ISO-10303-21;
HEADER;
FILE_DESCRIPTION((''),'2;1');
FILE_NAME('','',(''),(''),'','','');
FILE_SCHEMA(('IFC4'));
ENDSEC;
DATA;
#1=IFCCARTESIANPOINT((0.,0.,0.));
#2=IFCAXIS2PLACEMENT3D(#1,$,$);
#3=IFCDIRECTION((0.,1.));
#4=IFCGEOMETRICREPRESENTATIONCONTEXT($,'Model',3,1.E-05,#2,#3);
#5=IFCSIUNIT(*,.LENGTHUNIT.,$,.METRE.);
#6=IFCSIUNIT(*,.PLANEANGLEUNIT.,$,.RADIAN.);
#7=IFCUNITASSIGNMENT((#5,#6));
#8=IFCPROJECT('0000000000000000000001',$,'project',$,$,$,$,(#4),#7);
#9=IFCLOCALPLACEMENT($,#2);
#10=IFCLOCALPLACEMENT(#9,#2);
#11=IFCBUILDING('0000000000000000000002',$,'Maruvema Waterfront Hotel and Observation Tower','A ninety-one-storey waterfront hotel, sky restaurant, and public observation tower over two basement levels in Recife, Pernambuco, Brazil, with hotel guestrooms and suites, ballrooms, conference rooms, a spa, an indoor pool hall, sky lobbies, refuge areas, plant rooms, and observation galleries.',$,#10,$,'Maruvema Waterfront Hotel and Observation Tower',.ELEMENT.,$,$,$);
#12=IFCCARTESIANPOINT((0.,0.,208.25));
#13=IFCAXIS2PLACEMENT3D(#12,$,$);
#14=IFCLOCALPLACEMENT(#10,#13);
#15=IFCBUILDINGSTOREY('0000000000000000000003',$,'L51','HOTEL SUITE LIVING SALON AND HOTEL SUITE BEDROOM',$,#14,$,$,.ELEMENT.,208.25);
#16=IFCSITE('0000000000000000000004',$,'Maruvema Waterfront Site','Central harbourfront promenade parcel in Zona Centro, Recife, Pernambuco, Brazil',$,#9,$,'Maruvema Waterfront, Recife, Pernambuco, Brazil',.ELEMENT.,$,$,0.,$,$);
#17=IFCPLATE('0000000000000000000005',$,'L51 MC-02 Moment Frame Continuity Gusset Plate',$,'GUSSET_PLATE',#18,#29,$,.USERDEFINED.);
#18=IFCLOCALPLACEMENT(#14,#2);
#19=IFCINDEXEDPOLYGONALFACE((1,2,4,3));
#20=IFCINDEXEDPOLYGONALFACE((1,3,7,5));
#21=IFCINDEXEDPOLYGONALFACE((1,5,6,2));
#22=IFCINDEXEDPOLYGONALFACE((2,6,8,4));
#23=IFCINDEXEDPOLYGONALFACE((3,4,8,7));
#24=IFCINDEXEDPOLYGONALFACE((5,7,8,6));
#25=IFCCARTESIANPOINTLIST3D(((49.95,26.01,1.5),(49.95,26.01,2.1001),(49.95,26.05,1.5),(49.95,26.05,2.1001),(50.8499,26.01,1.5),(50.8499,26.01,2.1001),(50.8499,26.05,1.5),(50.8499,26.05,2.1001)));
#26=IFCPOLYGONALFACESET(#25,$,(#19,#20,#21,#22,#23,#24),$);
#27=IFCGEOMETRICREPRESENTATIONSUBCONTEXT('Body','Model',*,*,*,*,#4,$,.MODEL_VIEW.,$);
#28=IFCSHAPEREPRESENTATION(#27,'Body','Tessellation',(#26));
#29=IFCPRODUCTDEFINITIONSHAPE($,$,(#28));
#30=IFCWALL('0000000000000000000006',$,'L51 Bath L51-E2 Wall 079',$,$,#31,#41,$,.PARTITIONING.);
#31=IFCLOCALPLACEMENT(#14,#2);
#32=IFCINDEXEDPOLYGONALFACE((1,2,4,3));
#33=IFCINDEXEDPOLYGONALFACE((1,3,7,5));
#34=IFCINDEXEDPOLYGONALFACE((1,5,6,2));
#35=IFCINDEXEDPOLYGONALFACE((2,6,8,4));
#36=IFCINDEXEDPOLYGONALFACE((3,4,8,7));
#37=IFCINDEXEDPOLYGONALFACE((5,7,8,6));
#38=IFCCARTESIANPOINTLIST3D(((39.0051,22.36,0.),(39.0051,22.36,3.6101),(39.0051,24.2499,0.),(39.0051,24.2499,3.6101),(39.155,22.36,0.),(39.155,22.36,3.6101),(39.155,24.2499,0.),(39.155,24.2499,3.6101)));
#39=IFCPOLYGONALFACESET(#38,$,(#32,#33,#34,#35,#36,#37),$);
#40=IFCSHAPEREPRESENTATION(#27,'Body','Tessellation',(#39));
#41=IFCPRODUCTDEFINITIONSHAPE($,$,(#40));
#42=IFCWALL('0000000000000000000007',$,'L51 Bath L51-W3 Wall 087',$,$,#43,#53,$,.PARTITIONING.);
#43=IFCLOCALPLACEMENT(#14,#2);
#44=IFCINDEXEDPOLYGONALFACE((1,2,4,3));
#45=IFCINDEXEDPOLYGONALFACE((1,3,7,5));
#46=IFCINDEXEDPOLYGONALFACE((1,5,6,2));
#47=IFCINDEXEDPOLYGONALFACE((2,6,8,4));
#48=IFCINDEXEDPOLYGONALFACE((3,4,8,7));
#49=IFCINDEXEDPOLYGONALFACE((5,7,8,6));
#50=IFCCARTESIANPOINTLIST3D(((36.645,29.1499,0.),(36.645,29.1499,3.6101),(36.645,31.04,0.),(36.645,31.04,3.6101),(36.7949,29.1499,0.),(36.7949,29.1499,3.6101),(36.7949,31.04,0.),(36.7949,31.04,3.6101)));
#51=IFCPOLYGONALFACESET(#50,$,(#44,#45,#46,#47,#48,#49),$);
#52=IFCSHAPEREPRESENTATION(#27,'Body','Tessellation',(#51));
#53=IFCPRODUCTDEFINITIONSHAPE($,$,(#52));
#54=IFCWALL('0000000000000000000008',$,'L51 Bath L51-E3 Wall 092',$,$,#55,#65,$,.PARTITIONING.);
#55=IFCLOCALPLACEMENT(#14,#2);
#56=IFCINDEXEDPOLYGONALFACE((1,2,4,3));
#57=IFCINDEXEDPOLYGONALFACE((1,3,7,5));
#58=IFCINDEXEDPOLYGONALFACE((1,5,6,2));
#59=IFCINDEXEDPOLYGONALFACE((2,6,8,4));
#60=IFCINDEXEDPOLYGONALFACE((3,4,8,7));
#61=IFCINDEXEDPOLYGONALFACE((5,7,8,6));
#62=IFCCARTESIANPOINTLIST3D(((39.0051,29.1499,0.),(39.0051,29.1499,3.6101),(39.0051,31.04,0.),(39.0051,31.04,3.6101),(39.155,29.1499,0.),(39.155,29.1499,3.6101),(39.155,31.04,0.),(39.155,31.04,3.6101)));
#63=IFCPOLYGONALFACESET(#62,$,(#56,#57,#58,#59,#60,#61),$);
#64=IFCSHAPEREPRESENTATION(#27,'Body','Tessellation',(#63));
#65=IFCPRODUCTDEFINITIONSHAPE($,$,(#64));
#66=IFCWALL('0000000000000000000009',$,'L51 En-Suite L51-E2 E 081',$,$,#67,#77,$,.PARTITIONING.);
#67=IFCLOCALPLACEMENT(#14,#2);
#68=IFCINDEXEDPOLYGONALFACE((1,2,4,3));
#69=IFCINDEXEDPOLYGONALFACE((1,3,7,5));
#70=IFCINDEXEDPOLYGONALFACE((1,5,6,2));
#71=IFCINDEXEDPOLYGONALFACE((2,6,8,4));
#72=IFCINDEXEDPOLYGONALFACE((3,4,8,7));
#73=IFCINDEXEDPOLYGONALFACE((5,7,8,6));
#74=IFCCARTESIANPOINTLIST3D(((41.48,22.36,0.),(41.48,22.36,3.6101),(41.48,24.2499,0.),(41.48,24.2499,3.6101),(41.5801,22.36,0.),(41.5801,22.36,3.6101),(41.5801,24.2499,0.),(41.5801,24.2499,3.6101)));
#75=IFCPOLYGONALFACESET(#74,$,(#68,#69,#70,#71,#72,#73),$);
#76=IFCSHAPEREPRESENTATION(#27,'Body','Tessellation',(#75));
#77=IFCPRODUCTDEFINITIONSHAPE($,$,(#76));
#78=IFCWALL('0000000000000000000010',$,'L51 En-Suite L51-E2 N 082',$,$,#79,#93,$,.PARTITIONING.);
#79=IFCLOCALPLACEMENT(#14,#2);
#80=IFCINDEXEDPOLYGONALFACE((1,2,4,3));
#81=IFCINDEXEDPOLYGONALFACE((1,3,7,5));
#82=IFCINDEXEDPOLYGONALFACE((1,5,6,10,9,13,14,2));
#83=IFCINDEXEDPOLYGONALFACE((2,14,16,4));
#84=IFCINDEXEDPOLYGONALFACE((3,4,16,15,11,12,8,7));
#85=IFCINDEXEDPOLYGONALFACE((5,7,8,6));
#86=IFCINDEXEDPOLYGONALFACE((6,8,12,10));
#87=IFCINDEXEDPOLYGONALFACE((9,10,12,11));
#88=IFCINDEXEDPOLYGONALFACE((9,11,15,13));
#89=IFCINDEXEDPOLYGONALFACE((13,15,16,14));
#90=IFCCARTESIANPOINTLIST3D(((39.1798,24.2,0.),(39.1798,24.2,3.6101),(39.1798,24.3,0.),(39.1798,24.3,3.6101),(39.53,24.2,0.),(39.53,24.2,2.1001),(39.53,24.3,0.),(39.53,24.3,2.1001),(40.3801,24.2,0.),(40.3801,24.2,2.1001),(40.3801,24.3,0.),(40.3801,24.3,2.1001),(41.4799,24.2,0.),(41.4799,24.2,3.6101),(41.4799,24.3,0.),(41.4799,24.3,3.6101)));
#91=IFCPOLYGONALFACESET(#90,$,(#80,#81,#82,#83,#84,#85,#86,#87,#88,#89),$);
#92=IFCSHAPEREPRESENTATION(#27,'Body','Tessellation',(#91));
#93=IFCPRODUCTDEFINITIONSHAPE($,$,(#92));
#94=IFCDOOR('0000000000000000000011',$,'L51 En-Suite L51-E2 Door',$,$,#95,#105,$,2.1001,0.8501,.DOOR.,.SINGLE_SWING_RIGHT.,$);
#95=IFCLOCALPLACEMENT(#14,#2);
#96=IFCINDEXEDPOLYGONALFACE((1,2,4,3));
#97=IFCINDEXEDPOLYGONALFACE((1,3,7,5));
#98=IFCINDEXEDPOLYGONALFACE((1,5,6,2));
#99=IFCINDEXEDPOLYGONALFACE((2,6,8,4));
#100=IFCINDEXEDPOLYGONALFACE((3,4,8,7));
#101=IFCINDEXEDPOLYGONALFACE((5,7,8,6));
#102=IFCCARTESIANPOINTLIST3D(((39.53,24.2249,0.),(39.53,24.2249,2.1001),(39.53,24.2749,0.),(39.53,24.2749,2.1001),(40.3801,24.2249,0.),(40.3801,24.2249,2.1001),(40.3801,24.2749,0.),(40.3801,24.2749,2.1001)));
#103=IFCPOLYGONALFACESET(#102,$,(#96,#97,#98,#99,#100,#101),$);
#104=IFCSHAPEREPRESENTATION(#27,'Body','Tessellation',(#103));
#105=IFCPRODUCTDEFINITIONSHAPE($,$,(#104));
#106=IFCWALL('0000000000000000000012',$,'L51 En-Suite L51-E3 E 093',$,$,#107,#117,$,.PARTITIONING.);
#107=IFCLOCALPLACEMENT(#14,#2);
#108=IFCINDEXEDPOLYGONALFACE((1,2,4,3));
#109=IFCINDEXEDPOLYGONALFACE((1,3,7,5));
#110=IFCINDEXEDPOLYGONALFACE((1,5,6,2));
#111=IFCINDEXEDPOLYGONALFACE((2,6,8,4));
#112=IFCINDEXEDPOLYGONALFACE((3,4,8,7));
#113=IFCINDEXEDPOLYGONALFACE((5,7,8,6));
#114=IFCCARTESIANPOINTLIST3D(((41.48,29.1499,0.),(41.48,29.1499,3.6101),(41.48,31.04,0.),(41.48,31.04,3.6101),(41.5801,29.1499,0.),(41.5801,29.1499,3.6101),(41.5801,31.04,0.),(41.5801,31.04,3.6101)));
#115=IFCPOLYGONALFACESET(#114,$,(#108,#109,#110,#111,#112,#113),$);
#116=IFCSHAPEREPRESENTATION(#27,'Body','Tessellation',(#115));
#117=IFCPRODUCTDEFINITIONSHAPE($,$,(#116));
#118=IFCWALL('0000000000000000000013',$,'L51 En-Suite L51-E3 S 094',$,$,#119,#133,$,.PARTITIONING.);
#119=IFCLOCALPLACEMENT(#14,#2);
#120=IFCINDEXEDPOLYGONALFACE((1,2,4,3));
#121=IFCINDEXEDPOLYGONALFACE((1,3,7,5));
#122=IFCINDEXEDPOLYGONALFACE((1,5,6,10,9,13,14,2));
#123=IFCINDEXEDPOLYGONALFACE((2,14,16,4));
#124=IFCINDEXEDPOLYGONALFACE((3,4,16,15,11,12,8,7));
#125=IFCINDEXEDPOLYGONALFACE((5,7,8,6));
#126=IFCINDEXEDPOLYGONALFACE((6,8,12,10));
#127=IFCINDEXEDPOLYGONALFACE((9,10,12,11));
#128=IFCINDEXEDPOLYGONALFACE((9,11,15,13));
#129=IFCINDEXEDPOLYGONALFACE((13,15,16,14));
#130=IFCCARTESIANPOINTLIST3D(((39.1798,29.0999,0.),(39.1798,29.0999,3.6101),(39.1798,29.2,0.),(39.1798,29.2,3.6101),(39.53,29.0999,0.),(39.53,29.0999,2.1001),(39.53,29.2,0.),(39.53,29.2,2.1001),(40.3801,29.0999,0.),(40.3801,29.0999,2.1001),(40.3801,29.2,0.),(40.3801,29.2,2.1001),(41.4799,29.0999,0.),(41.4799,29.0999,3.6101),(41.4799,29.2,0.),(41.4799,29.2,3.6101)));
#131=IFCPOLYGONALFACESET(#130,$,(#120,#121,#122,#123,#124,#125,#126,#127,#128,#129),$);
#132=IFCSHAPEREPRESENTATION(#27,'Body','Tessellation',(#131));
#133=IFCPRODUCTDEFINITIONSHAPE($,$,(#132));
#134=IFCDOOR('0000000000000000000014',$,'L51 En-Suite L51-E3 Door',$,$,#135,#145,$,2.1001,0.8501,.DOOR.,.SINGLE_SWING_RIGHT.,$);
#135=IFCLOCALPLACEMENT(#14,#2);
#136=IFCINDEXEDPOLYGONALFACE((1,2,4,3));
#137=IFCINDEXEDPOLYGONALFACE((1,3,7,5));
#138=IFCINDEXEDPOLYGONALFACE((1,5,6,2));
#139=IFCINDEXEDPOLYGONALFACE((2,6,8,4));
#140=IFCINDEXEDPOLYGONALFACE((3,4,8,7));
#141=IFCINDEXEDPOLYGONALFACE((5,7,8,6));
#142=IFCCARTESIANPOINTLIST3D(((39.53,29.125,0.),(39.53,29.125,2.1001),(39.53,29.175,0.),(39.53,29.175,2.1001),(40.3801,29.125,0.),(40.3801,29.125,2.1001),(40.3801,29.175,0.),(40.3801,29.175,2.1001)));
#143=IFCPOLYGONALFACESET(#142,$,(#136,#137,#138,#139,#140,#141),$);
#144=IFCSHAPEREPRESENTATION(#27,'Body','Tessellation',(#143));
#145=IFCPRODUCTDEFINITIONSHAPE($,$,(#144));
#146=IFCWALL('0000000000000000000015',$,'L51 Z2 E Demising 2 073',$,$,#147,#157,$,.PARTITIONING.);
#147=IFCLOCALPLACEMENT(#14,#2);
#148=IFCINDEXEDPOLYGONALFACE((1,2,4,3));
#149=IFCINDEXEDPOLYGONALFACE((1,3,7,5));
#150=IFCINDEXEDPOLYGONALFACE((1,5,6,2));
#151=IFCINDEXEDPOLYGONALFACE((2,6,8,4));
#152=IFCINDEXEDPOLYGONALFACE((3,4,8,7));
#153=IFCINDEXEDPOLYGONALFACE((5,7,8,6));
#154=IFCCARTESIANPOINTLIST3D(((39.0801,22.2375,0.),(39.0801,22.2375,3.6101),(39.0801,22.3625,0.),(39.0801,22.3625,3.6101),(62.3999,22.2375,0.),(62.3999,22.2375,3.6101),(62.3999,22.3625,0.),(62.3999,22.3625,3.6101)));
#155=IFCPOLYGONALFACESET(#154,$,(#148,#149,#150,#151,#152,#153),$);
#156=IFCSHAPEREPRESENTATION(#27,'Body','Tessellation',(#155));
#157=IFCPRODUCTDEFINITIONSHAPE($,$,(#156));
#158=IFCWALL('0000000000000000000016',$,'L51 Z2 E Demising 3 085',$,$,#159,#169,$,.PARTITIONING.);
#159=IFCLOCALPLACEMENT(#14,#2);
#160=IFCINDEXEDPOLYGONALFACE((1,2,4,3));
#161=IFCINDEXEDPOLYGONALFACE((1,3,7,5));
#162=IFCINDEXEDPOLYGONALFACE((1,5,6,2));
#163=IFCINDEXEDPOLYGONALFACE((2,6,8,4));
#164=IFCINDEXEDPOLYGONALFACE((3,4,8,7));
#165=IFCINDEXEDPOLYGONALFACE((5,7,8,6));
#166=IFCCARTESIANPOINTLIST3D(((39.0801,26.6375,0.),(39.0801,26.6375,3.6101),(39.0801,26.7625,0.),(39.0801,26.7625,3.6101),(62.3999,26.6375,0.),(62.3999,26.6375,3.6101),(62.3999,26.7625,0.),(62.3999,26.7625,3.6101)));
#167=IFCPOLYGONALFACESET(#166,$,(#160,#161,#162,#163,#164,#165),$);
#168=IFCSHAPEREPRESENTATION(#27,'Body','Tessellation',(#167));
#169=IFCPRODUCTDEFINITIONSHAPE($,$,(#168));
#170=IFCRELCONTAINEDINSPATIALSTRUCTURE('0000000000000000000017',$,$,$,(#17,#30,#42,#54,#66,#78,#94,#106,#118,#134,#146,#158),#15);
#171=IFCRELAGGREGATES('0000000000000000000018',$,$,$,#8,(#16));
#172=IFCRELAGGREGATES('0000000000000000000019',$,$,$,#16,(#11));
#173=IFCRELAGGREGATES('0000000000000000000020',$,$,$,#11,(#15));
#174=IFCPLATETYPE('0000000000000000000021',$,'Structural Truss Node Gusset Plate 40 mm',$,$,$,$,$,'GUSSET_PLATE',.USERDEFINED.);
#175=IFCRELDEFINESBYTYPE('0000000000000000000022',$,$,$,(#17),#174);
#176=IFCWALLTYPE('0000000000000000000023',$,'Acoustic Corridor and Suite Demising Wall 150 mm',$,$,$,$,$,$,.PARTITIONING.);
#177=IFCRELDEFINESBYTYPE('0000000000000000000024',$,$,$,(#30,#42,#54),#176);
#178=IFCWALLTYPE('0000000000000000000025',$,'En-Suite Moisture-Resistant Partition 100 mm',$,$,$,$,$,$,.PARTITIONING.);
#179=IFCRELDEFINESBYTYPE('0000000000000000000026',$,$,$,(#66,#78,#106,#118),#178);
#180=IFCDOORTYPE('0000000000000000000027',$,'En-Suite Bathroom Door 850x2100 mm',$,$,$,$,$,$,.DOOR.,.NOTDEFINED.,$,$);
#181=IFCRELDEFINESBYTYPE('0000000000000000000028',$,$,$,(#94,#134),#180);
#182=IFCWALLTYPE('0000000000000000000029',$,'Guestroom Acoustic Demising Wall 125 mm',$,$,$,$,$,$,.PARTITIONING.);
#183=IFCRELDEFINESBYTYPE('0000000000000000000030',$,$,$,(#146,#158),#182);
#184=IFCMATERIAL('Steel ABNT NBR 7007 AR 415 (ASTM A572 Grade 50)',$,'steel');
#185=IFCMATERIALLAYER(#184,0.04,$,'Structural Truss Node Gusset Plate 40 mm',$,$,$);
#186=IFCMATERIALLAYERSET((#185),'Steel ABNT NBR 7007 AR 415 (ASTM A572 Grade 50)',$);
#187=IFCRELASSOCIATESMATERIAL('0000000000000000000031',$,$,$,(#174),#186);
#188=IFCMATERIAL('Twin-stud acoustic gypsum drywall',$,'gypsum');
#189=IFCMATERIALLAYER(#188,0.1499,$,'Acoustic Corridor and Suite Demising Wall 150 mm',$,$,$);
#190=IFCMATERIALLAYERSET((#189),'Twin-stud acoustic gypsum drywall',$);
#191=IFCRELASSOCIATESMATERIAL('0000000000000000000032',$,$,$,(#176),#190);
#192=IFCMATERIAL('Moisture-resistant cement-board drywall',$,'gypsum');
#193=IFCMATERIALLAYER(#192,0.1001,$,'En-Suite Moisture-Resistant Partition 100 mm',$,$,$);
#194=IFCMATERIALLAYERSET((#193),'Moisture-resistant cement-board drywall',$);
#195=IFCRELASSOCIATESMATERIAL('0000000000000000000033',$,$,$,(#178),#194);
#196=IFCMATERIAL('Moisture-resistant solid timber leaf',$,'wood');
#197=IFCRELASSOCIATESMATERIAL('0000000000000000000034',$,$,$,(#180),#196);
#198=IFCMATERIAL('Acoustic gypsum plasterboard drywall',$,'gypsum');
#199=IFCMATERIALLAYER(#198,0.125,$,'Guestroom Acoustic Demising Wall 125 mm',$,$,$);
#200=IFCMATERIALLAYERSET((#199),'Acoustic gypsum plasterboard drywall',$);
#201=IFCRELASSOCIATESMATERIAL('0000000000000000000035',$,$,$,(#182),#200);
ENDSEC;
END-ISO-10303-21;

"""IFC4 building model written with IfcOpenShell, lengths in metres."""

from ifc_helpers import new_model, si_unit, direction, frame, frame_2d, origin, origin_2d, place, context, subcontext, project, spatial, rectangle, extrude, material, layer, layer_set, type_object, element, fill, save


model = new_model("IFC4")

# Units and contexts
model_context = context("Model", 3, precision=1e-05, world=origin(), true_north=direction((0.0, 1.0)))
body_context = subcontext(model_context, "Body", "Model", "MODEL_VIEW")
ifc_project = project(units=[si_unit("LENGTHUNIT", "METRE"), si_unit("PLANEANGLEUNIT", "RADIAN")], contexts=[model_context])

# Site, building, storey
site_placement = place(None, origin())
site = spatial("IfcSite", under=ifc_project, at=site_placement, Name="Maruvema Waterfront Site", Description="Central harbourfront promenade parcel in Zona Centro, Recife, Pernambuco, Brazil", LongName="Maruvema Waterfront, Recife, Pernambuco, Brazil", CompositionType="ELEMENT", RefElevation=0.0)
building_placement = place(site_placement, origin())
building = spatial("IfcBuilding", under=site, at=building_placement, Name="Maruvema Waterfront Hotel and Observation Tower", Description="A ninety-one-storey waterfront hotel, sky restaurant, and public observation tower over two basement levels in Recife, Pernambuco, Brazil, with hotel guestrooms and suites, ballrooms, conference rooms, a spa, an indoor pool hall, sky lobbies, refuge areas, plant rooms, and observation galleries.", LongName="Maruvema Waterfront Hotel and Observation Tower", CompositionType="ELEMENT")
storey_placement = place(building_placement, frame((0.0, 0.0, 208.25)))
storey = spatial("IfcBuildingStorey", under=building, at=storey_placement, Name="L51", Description="HOTEL SUITE LIVING SALON AND HOTEL SUITE BEDROOM", CompositionType="ELEMENT", Elevation=208.25)

# Plate
ifc_material_1 = material(Name="Steel ABNT NBR 7007 AR 415 (ASTM A572 Grade 50)", Category="steel")
ifc_layer_1 = layer(ifc_material_1, 0.04, Name="Structural Truss Node Gusset Plate 40 mm")
ifc_layer_set_1 = layer_set([ifc_layer_1], Name="Steel ABNT NBR 7007 AR 415 (ASTM A572 Grade 50)")
plate_type = type_object("IfcPlateType", Name="Structural Truss Node Gusset Plate 40 mm", ElementType="GUSSET_PLATE", PredefinedType="USERDEFINED", material=ifc_layer_set_1)
plate_placement = place(storey_placement, frame((50.3999, 26.03, 1.5), z_axis=(0.0, 0.0, 1.0), x_axis=(1.0, 0.0, 0.0)))
element("IfcPlate", 1, at=plate_placement, inside=storey, type_object=plate_type, Name="L51 MC-02 Moment Frame Continuity Gusset Plate", ObjectType="GUSSET_PLATE", PredefinedType="USERDEFINED", context=body_context, shape_type="SweptSolid", body=[
    extrude(rectangle(XDim=0.8999, YDim=0.04, at=origin_2d()), origin(), (0.0, 0.0, 1.0), 0.6001),
])

# Shared definitions
ifc_material_2 = material(Name="Twin-stud acoustic gypsum drywall", Category="gypsum")
ifc_layer_2 = layer(ifc_material_2, 0.1499, Name="Acoustic Corridor and Suite Demising Wall 150 mm")
ifc_layer_set_2 = layer_set([ifc_layer_2], Name="Twin-stud acoustic gypsum drywall")
wall_type_1 = type_object("IfcWallType", Name="Acoustic Corridor and Suite Demising Wall 150 mm", PredefinedType="PARTITIONING", material=ifc_layer_set_2)

# Wall
wall_1_placement = place(storey_placement, frame((39.0801, 22.3601, 0.0), z_axis=(0.0, 0.0, 1.0), x_axis=(0.0, 1.0, 0.0)))
element("IfcWall", 2, at=wall_1_placement, inside=storey, type_object=wall_type_1, Name="L51 Bath L51-E2 Wall 079", PredefinedType="PARTITIONING", context=body_context, shape_type="SweptSolid", body=[
    extrude(rectangle(XDim=1.8899, YDim=0.1499, at=frame_2d((0.9448, 0.0))), origin(), (0.0, 0.0, 1.0), 3.6101),
])

# Wall
wall_2_placement = place(storey_placement, frame((36.72, 29.1499, 0.0), z_axis=(0.0, 0.0, 1.0), x_axis=(0.0, 1.0, 0.0)))
element("IfcWall", 3, at=wall_2_placement, inside=storey, type_object=wall_type_1, Name="L51 Bath L51-W3 Wall 087", PredefinedType="PARTITIONING", context=body_context, shape_type="SweptSolid", body=[
    extrude(rectangle(XDim=1.8901, YDim=0.1499, at=frame_2d((0.9451, 0.0))), origin(), (0.0, 0.0, 1.0), 3.6101),
])

# Walls
wall_3_placement = place(storey_placement, frame((39.0801, 29.1499, 0.0), z_axis=(0.0, 0.0, 1.0), x_axis=(0.0, 1.0, 0.0)))
element("IfcWall", 4, at=wall_3_placement, inside=storey, type_object=wall_type_1, Name="L51 Bath L51-E3 Wall 092", PredefinedType="PARTITIONING", context=body_context, shape_type="SweptSolid", body=[
    extrude(rectangle(XDim=1.8901, YDim=0.1499, at=frame_2d((0.9451, 0.0))), origin(), (0.0, 0.0, 1.0), 3.6101),
])
ifc_material_3 = material(Name="Moisture-resistant cement-board drywall", Category="gypsum")
ifc_layer_3 = layer(ifc_material_3, 0.1001, Name="En-Suite Moisture-Resistant Partition 100 mm")
ifc_layer_set_3 = layer_set([ifc_layer_3], Name="Moisture-resistant cement-board drywall")
wall_type_2 = type_object("IfcWallType", Name="En-Suite Moisture-Resistant Partition 100 mm", PredefinedType="PARTITIONING", material=ifc_layer_set_3)
wall_4_placement = place(storey_placement, frame((41.53, 22.3601, 0.0), z_axis=(0.0, 0.0, 1.0), x_axis=(0.0, 1.0, 0.0)))
element("IfcWall", 5, at=wall_4_placement, inside=storey, type_object=wall_type_2, Name="L51 En-Suite L51-E2 E 081", PredefinedType="PARTITIONING", context=body_context, shape_type="SweptSolid", body=[
    extrude(rectangle(XDim=1.8899, YDim=0.1001, at=frame_2d((0.9448, 0.0))), origin(), (0.0, 0.0, 1.0), 3.6101),
])

# Wall, opening, door
wall_5_placement = place(storey_placement, frame((39.1799, 24.25, 0.0), z_axis=(0.0, 0.0, 1.0), x_axis=(1.0, 0.0, 0.0)))
wall_5 = element("IfcWall", 6, at=wall_5_placement, inside=storey, type_object=wall_type_2, Name="L51 En-Suite L51-E2 N 082", PredefinedType="PARTITIONING", context=body_context, shape_type="SweptSolid", body=[
    extrude(rectangle(XDim=2.3, YDim=0.1001, at=frame_2d((1.1499, 0.0))), origin(), (0.0, 0.0, 1.0), 3.6101),
])
opening_1_placement = place(wall_5_placement, frame((0.3501, 0.0, 0.0)))
opening_1 = element("IfcOpeningElement", 7, at=opening_1_placement, cuts=wall_5, PredefinedType="OPENING", context=body_context, shape_type="SweptSolid", body=[
    extrude(rectangle(XDim=0.8501, YDim=2.1001, at=frame_2d((0.425, 1.05))), frame((0.0, 0.0601, 0.0), z_axis=(0.0, -1.0, 0.0), x_axis=(1.0, 0.0, 0.0)), (0.0, 0.0, 1.0), 0.1201),
])
ifc_material_4 = material(Name="Moisture-resistant solid timber leaf", Category="wood")
door_type_1 = type_object("IfcDoorType", Name="En-Suite Bathroom Door 850x2100 mm", OperationType="NOTDEFINED", PredefinedType="DOOR", material=ifc_material_4)
door_1_placement = place(opening_1_placement, origin())
door_1 = element("IfcDoor", 8, at=door_1_placement, inside=storey, type_object=door_type_1, Name="L51 En-Suite L51-E2 Door", OperationType="SINGLE_SWING_RIGHT", OverallHeight=2.1001, OverallWidth=0.8501, PredefinedType="DOOR", context=body_context, shape_type="SweptSolid", body=[
    extrude(rectangle(XDim=0.8501, YDim=2.1001, at=frame_2d((0.425, 1.05))), frame((0.0, 0.0249, 0.0), z_axis=(0.0, -1.0, 0.0), x_axis=(1.0, 0.0, 0.0)), (0.0, 0.0, 1.0), 0.05),
])
fill(opening_1, door_1)

# Wall
wall_6_placement = place(storey_placement, frame((41.53, 29.1499, 0.0), z_axis=(0.0, 0.0, 1.0), x_axis=(0.0, 1.0, 0.0)))
element("IfcWall", 9, at=wall_6_placement, inside=storey, type_object=wall_type_2, Name="L51 En-Suite L51-E3 E 093", PredefinedType="PARTITIONING", context=body_context, shape_type="SweptSolid", body=[
    extrude(rectangle(XDim=1.8901, YDim=0.1001, at=frame_2d((0.9451, 0.0))), origin(), (0.0, 0.0, 1.0), 3.6101),
])

# Wall, opening, door
wall_7_placement = place(storey_placement, frame((39.1799, 29.1499, 0.0), z_axis=(0.0, 0.0, 1.0), x_axis=(1.0, 0.0, 0.0)))
wall_7 = element("IfcWall", 10, at=wall_7_placement, inside=storey, type_object=wall_type_2, Name="L51 En-Suite L51-E3 S 094", PredefinedType="PARTITIONING", context=body_context, shape_type="SweptSolid", body=[
    extrude(rectangle(XDim=2.3, YDim=0.1001, at=frame_2d((1.1499, 0.0))), origin(), (0.0, 0.0, 1.0), 3.6101),
])
opening_2_placement = place(wall_7_placement, frame((0.3501, 0.0, 0.0)))
opening_2 = element("IfcOpeningElement", 11, at=opening_2_placement, cuts=wall_7, PredefinedType="OPENING", context=body_context, shape_type="SweptSolid", body=[
    extrude(rectangle(XDim=0.8501, YDim=2.1001, at=frame_2d((0.425, 1.05))), frame((0.0, 0.0601, 0.0), z_axis=(0.0, -1.0, 0.0), x_axis=(1.0, 0.0, 0.0)), (0.0, 0.0, 1.0), 0.1201),
])
door_2_placement = place(opening_2_placement, frame((0.8501, 0.0, 0.0), z_axis=(0.0, 0.0, 1.0), x_axis=(-1.0, 0.0, 0.0)))
door_2 = element("IfcDoor", 12, at=door_2_placement, inside=storey, type_object=door_type_1, Name="L51 En-Suite L51-E3 Door", OperationType="SINGLE_SWING_RIGHT", OverallHeight=2.1001, OverallWidth=0.8501, PredefinedType="DOOR", context=body_context, shape_type="SweptSolid", body=[
    extrude(rectangle(XDim=0.8501, YDim=2.1001, at=frame_2d((0.425, 1.05))), frame((0.0, 0.0249, 0.0), z_axis=(0.0, -1.0, 0.0), x_axis=(1.0, 0.0, 0.0)), (0.0, 0.0, 1.0), 0.05),
])
fill(opening_2, door_2)

# Walls
ifc_material_5 = material(Name="Acoustic gypsum plasterboard drywall", Category="gypsum")
ifc_layer_4 = layer(ifc_material_5, 0.125, Name="Guestroom Acoustic Demising Wall 125 mm")
ifc_layer_set_4 = layer_set([ifc_layer_4], Name="Acoustic gypsum plasterboard drywall")
wall_type_3 = type_object("IfcWallType", Name="Guestroom Acoustic Demising Wall 125 mm", PredefinedType="PARTITIONING", material=ifc_layer_set_4)
for number, where, z_axis, x_axis, name in (
    (13, (39.0801, 22.3, 0.0), (0.0, 0.0, 1.0), (1.0, 0.0, 0.0), "L51 Z2 E Demising 2 073"),
    (14, (39.0801, 26.7, 0.0), (0.0, 0.0, 1.0), (1.0, 0.0, 0.0), "L51 Z2 E Demising 3 085"),
):
    element("IfcWall", number, at=place(storey_placement, frame(where, z_axis=z_axis, x_axis=x_axis)), inside=storey, type_object=wall_type_3, Name=name, PredefinedType="PARTITIONING", context=body_context, shape_type="SweptSolid", body=[
        extrude(rectangle(XDim=23.3198, YDim=0.125, at=frame_2d((11.6599, 0.0))), origin(), (0.0, 0.0, 1.0), 3.6101),
    ])

save(model, "model.ifc")
